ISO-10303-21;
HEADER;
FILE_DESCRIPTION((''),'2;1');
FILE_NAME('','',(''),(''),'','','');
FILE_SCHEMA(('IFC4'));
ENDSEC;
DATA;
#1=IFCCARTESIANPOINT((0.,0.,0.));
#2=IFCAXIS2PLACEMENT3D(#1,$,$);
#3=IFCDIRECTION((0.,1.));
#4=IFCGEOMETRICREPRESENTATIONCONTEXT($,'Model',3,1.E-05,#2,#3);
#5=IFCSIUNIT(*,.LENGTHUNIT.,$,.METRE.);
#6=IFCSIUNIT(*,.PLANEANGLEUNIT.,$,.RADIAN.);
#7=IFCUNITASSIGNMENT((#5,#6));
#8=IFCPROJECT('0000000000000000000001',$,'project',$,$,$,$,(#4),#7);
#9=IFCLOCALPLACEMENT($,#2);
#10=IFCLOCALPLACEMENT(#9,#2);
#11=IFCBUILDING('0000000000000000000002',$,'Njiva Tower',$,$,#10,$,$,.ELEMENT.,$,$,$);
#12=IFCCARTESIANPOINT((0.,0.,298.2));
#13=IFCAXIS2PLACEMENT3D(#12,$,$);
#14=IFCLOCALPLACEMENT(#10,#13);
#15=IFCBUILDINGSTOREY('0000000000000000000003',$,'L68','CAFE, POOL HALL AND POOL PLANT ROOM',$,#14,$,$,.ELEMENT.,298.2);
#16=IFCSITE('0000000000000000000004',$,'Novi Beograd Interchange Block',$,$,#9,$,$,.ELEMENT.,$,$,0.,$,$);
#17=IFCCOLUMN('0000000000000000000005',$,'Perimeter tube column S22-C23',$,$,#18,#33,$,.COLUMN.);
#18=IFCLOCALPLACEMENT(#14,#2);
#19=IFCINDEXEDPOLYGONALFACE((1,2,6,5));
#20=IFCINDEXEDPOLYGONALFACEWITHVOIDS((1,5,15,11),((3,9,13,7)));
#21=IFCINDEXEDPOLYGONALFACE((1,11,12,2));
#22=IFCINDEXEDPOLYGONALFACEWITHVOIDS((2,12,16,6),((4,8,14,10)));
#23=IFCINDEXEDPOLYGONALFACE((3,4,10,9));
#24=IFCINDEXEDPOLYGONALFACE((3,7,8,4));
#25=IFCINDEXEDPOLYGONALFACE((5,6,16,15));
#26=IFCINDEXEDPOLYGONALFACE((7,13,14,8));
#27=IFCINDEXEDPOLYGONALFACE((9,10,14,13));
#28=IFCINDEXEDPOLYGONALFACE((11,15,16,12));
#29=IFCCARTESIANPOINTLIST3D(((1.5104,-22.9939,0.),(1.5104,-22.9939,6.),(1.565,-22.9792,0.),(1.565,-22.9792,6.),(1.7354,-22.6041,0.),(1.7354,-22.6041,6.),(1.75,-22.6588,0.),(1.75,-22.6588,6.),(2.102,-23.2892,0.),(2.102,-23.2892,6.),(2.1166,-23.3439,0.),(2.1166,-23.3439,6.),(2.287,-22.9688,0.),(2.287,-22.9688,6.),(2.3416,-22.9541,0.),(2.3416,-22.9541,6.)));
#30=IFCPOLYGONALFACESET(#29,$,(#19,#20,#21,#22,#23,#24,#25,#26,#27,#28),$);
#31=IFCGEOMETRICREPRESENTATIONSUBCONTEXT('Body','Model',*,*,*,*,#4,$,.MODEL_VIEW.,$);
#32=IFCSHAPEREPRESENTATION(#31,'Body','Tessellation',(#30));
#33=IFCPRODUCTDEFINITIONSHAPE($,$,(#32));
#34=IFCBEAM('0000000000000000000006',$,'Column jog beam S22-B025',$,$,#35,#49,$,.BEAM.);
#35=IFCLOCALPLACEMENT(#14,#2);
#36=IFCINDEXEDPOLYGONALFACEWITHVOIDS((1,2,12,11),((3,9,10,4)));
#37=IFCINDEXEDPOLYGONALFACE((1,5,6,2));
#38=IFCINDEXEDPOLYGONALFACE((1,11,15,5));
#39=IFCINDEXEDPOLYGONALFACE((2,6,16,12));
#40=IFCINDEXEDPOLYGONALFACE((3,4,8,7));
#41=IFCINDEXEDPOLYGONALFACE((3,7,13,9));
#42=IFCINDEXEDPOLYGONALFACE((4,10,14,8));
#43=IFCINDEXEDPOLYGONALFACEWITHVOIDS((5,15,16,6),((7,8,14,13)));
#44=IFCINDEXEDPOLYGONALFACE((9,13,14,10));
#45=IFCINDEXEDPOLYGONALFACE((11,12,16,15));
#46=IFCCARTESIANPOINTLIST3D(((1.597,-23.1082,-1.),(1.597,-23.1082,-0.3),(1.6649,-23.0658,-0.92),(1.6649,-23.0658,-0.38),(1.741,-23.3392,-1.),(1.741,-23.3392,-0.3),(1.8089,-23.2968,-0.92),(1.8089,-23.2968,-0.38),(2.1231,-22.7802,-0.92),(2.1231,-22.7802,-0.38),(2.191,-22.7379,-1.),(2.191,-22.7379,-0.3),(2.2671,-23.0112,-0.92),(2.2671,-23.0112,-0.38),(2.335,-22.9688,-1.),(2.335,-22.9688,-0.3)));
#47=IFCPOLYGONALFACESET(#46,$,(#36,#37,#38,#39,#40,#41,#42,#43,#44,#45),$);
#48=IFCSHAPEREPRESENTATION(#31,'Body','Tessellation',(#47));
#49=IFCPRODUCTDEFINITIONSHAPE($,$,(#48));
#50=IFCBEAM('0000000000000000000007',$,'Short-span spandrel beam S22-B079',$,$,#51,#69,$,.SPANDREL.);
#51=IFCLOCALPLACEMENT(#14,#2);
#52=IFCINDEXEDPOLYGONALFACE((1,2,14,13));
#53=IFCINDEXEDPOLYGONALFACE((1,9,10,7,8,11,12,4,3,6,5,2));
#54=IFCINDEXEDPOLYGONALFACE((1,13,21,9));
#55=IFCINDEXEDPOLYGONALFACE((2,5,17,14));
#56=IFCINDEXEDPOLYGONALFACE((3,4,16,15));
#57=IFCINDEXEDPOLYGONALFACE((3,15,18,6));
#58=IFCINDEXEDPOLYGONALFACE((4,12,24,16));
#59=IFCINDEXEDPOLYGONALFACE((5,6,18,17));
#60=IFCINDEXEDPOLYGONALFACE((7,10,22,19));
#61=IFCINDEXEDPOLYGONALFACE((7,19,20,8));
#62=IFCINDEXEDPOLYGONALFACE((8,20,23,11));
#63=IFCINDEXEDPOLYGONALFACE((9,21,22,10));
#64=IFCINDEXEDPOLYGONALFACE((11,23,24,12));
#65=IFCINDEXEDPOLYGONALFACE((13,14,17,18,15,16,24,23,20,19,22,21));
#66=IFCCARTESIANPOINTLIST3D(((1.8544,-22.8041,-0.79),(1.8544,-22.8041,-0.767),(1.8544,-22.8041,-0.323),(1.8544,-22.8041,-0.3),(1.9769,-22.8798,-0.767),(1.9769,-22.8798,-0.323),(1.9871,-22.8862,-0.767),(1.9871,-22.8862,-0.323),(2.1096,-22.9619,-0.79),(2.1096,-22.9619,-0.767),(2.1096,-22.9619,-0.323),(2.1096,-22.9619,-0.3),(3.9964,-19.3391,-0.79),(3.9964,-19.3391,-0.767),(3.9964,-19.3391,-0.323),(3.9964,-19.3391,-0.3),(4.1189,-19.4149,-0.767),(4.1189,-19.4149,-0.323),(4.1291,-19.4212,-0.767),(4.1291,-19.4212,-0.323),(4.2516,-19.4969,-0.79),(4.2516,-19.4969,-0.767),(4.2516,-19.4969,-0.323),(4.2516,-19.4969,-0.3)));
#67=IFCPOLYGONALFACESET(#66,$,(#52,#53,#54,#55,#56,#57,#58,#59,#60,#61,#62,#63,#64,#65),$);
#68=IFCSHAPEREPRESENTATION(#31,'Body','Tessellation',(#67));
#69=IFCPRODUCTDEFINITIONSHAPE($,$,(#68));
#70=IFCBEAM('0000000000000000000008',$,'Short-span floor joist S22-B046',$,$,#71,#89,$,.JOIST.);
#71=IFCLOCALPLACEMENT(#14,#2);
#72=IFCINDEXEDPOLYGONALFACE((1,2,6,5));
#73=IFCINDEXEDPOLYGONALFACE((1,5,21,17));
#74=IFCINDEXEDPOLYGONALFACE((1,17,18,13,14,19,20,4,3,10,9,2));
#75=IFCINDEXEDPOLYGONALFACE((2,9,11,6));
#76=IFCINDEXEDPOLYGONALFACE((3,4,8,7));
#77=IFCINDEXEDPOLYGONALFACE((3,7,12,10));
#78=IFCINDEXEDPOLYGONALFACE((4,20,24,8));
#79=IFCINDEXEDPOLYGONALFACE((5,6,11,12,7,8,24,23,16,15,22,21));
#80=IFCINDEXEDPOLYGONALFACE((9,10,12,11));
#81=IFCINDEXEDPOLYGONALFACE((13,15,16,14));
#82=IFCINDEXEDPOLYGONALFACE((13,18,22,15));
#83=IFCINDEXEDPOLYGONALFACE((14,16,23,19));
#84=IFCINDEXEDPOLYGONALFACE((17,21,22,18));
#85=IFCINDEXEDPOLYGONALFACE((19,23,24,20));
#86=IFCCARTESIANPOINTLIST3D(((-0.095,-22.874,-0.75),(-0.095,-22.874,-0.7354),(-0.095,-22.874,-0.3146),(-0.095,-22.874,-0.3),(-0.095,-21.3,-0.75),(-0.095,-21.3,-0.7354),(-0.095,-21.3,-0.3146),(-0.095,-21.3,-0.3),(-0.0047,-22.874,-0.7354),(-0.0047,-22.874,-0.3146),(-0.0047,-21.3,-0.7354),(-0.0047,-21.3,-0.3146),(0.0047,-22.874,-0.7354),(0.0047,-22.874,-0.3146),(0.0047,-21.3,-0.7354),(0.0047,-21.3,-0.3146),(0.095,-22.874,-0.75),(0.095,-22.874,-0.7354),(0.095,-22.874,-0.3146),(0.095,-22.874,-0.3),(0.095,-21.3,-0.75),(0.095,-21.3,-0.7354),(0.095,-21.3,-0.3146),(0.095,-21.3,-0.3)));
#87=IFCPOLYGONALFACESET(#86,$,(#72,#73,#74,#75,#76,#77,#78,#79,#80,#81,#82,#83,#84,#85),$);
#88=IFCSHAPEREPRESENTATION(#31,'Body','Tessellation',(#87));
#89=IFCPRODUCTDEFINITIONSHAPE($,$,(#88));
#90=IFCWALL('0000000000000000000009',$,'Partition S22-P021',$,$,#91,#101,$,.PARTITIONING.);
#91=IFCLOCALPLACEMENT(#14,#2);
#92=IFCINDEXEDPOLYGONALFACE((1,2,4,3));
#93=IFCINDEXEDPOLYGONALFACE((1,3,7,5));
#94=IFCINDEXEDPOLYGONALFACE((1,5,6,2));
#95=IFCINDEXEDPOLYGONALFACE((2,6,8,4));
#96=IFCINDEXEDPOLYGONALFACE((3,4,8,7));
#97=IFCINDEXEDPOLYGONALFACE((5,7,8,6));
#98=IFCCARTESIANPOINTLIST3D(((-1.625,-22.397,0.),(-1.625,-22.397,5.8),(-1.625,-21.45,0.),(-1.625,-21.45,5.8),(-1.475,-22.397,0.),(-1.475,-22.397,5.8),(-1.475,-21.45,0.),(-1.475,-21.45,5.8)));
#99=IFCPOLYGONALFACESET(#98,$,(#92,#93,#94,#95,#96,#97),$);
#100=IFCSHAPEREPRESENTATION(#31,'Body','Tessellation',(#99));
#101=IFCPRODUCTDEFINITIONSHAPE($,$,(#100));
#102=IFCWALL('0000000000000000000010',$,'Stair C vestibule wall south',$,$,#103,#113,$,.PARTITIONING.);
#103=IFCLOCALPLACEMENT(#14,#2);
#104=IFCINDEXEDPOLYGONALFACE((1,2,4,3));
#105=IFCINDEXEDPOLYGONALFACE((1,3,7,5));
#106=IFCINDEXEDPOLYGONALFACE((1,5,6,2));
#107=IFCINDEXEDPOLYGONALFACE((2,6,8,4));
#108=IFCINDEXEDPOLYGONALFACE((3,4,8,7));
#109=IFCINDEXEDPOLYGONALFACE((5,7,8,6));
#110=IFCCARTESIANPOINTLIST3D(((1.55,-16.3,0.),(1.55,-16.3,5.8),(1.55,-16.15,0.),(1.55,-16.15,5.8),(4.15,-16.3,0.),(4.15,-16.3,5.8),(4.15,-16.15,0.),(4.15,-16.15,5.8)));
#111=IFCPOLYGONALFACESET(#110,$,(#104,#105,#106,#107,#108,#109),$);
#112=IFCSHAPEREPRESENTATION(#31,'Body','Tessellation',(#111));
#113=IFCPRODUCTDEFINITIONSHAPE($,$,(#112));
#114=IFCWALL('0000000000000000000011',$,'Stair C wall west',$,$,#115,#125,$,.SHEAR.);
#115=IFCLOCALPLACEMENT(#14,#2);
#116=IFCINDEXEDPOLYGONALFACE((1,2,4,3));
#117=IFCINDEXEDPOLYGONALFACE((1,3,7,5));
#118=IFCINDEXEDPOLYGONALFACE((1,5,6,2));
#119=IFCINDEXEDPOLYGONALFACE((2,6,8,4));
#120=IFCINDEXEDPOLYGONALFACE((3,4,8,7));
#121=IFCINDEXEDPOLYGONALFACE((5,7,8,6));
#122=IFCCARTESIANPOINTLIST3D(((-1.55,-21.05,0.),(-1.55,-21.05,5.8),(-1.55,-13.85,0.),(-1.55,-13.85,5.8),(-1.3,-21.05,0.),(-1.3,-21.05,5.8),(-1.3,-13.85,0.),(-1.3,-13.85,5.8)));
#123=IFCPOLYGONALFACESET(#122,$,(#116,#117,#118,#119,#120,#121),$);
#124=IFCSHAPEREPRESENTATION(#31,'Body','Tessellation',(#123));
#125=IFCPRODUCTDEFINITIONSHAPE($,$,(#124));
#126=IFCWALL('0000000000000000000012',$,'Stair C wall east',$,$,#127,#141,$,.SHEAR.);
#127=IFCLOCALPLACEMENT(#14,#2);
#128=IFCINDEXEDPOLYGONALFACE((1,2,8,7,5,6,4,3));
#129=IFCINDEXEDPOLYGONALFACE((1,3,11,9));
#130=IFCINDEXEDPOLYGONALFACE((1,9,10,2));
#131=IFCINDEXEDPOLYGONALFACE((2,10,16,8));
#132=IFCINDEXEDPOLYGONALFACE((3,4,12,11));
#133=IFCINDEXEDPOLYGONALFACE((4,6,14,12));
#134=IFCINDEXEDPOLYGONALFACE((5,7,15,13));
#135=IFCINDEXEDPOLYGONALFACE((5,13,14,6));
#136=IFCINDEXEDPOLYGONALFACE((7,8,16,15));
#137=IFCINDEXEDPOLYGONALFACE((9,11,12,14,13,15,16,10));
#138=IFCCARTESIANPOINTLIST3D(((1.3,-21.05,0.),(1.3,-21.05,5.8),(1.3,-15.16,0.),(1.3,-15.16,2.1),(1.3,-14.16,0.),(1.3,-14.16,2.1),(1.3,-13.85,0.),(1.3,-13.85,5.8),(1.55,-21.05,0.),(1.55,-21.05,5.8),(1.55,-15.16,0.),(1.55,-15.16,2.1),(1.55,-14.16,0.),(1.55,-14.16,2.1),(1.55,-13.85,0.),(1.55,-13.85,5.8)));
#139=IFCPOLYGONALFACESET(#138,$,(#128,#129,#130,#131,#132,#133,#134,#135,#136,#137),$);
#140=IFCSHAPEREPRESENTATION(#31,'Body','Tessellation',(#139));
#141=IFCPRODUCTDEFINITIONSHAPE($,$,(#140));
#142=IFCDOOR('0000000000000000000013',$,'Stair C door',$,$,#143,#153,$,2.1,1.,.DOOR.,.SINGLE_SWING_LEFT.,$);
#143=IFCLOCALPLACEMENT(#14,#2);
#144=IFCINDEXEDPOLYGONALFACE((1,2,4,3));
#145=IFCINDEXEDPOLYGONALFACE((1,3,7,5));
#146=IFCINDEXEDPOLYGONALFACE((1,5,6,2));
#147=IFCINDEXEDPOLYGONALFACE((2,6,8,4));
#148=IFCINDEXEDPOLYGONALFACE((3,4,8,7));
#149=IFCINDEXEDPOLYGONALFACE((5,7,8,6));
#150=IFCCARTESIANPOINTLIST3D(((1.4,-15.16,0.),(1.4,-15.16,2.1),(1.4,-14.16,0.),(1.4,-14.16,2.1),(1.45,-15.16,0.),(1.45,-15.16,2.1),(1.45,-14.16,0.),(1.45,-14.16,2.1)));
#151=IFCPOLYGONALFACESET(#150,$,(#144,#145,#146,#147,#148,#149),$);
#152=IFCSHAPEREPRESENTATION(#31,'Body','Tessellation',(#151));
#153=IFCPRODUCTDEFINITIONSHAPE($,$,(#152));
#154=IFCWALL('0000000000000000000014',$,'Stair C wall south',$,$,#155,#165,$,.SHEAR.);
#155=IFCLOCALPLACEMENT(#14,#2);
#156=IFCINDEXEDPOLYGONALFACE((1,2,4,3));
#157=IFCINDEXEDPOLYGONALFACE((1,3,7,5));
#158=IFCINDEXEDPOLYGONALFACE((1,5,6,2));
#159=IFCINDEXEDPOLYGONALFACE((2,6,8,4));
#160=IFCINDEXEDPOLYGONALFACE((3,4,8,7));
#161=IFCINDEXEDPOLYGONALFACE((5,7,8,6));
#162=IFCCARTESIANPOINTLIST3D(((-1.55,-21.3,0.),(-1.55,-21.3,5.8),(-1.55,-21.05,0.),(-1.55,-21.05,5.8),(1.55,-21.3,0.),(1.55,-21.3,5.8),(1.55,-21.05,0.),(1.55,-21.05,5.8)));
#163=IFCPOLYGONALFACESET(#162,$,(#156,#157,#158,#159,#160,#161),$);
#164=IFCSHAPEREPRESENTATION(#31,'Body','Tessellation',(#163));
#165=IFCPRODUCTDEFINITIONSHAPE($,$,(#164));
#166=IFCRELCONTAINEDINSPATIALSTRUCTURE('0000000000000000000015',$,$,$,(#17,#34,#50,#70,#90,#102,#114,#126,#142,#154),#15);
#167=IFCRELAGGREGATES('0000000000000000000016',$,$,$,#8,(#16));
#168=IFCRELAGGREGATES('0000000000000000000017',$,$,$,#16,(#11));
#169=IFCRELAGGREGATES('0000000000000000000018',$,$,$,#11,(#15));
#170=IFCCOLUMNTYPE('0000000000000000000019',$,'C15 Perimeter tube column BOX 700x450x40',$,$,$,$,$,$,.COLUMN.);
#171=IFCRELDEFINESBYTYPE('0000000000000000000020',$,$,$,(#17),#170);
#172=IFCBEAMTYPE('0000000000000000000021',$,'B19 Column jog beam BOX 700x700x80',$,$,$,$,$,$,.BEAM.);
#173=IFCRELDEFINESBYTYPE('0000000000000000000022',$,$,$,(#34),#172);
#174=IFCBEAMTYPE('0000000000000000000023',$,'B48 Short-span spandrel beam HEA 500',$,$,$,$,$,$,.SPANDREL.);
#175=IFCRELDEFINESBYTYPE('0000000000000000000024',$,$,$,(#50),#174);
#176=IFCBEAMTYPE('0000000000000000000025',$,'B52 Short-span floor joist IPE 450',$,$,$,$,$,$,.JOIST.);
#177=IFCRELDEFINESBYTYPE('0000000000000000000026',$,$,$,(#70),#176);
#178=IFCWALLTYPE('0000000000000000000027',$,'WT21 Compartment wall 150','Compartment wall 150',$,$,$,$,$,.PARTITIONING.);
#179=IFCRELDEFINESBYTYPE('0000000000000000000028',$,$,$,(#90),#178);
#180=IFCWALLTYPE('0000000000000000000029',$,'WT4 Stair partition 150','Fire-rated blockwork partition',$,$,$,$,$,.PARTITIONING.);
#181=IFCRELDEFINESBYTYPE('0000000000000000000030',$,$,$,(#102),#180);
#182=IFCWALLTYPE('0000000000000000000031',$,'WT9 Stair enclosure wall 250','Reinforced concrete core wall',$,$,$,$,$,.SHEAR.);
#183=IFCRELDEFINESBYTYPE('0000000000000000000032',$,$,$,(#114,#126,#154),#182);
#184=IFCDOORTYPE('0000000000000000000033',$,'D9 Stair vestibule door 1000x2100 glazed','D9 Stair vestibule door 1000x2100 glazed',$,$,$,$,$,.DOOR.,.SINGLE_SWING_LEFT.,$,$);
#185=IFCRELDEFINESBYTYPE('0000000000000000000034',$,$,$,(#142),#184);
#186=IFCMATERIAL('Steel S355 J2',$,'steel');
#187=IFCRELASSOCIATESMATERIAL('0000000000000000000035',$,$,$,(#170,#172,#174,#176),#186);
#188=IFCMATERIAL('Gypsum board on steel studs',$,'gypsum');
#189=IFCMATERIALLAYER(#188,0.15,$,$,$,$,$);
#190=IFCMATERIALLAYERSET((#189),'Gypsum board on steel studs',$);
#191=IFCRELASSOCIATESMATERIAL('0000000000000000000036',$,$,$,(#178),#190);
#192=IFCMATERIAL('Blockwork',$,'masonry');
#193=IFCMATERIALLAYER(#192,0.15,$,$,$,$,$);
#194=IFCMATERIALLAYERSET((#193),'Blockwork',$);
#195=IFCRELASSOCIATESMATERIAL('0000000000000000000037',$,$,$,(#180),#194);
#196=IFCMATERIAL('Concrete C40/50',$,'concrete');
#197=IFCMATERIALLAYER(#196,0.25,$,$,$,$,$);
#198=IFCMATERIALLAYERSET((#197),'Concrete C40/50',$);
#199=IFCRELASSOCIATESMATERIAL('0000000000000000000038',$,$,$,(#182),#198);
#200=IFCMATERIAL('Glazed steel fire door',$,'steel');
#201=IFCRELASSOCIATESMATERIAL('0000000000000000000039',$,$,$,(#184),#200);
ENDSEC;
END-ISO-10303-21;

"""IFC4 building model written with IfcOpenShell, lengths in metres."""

from ifc_helpers import new_model, si_unit, direction, frame, frame_2d, origin, origin_2d, place, context, subcontext, project, spatial, rectangle, hollow_rectangle, i_section, extrude, material, layer, layer_set, material_profile, profile_set, type_object, element, fill, save


model = new_model("IFC4")

# Units and contexts
model_context = context("Model", 3, precision=1e-05, world=origin(), true_north=direction((0.0, 1.0)))
body_context = subcontext(model_context, "Body", "Model", "MODEL_VIEW")
ifc_project = project(units=[si_unit("LENGTHUNIT", "METRE"), si_unit("PLANEANGLEUNIT", "RADIAN")], contexts=[model_context])

# Site, building, storey
site_placement = place(None, origin())
site = spatial("IfcSite", under=ifc_project, at=site_placement, Name="Novi Beograd Interchange Block", CompositionType="ELEMENT", RefElevation=0.0)
building_placement = place(site_placement, origin())
building = spatial("IfcBuilding", under=site, at=building_placement, Name="Njiva Tower", CompositionType="ELEMENT")
storey_placement = place(building_placement, frame((0.0, 0.0, 298.2)))
storey = spatial("IfcBuildingStorey", under=building, at=storey_placement, Name="L68", Description="CAFE, POOL HALL AND POOL PLANT ROOM", CompositionType="ELEMENT", Elevation=298.2)

# Column
ifc_material_1 = material(Name="Steel S355 J2", Category="steel")
ifc_material_profile_1 = material_profile(ifc_material_1, hollow_rectangle(XDim=0.45, YDim=0.7, WallThickness=0.04, at=origin_2d()), Name="BOX 700x450x40")
ifc_profile_set_1 = profile_set([ifc_material_profile_1], Name="Steel S355 J2")
column_type = type_object("IfcColumnType", Name="C15 Perimeter tube column BOX 700x450x40", PredefinedType="COLUMN", material=ifc_profile_set_1)
column_placement = place(storey_placement, frame((1.926, -22.974, 0.0), z_axis=(0.0, 0.0, 1.0), x_axis=(0.5, 0.866025, 0.0)))
element("IfcColumn", 1, at=column_placement, inside=storey, type_object=column_type, Name="Perimeter tube column S22-C23", PredefinedType="COLUMN", context=body_context, shape_type="SweptSolid", body=[
    extrude(hollow_rectangle(XDim=0.45, YDim=0.7, WallThickness=0.04, at=origin_2d()), origin(), (0.0, 0.0, 1.0), 6.0),
])

# Beams
ifc_material_profile_2 = material_profile(ifc_material_1, hollow_rectangle(XDim=0.7, YDim=0.7, WallThickness=0.08, at=origin_2d()), Name="BOX 700x700x80")
ifc_profile_set_2 = profile_set([ifc_material_profile_2], Name="Steel S355 J2")
beam_type_1 = type_object("IfcBeamType", Name="B19 Column jog beam BOX 700x700x80", PredefinedType="BEAM", material=ifc_profile_set_2)
beam_1_placement = place(storey_placement, frame((2.038, -23.154, -0.65), z_axis=(-0.529008, 0.848617, 0.0), x_axis=(-0.848617, -0.529008, 0.0)))
element("IfcBeam", 2, at=beam_1_placement, inside=storey, type_object=beam_type_1, Name="Column jog beam S22-B025", PredefinedType="BEAM", context=body_context, shape_type="SweptSolid", body=[
    extrude(hollow_rectangle(XDim=0.7, YDim=0.7, WallThickness=0.08, at=origin_2d()), origin(), (0.0, 0.0, 1.0), 0.2722),
])
ifc_material_profile_3 = material_profile(ifc_material_1, i_section(OverallWidth=0.3, OverallDepth=0.49, WebThickness=0.012, FlangeThickness=0.023, at=origin_2d()), Name="HEA 500")
ifc_profile_set_3 = profile_set([ifc_material_profile_3], Name="Steel S355 J2")
beam_type_2 = type_object("IfcBeamType", Name="B48 Short-span spandrel beam HEA 500", PredefinedType="SPANDREL", material=ifc_profile_set_3)
beam_2_placement = place(storey_placement, frame((1.982, -22.883, -0.545), z_axis=(0.525822, 0.850595, 0.0), x_axis=(-0.850595, 0.525822, 0.0)))
element("IfcBeam", 3, at=beam_2_placement, inside=storey, type_object=beam_type_2, Name="Short-span spandrel beam S22-B079", PredefinedType="SPANDREL", context=body_context, shape_type="SweptSolid", body=[
    extrude(i_section(OverallWidth=0.3, OverallDepth=0.49, WebThickness=0.012, FlangeThickness=0.023, at=origin_2d()), origin(), (0.0, 0.0, 1.0), 4.0736),
])
ifc_material_profile_4 = material_profile(ifc_material_1, i_section(OverallWidth=0.19, OverallDepth=0.45, WebThickness=0.0094, FlangeThickness=0.0146, at=origin_2d()), Name="IPE 450")
ifc_profile_set_4 = profile_set([ifc_material_profile_4], Name="Steel S355 J2")
beam_type_3 = type_object("IfcBeamType", Name="B52 Short-span floor joist IPE 450", PredefinedType="JOIST", material=ifc_profile_set_4)
beam_3_placement = place(storey_placement, frame((0.0, -21.3, -0.525), z_axis=(0.0, -1.0, 0.0), x_axis=(1.0, 0.0, 0.0)))
element("IfcBeam", 4, at=beam_3_placement, inside=storey, type_object=beam_type_3, Name="Short-span floor joist S22-B046", PredefinedType="JOIST", context=body_context, shape_type="SweptSolid", body=[
    extrude(i_section(OverallWidth=0.19, OverallDepth=0.45, WebThickness=0.0094, FlangeThickness=0.0146, at=origin_2d()), origin(), (0.0, 0.0, 1.0), 1.574),
])

# Walls
ifc_material_2 = material(Name="Gypsum board on steel studs", Category="gypsum")
ifc_layer_1 = layer(ifc_material_2, 0.15)
ifc_layer_set_1 = layer_set([ifc_layer_1], Name="Gypsum board on steel studs")
wall_type_1 = type_object("IfcWallType", Name="WT21 Compartment wall 150", Description="Compartment wall 150", PredefinedType="PARTITIONING", material=ifc_layer_set_1)
wall_1_placement = place(storey_placement, frame((-1.55, -22.397, 0.0), z_axis=(0.0, 0.0, 1.0), x_axis=(0.0, 1.0, 0.0)))
element("IfcWall", 5, at=wall_1_placement, inside=storey, type_object=wall_type_1, Name="Partition S22-P021", PredefinedType="PARTITIONING", context=body_context, shape_type="SweptSolid", body=[
    extrude(rectangle(XDim=0.947, YDim=0.15, at=frame_2d((0.4735, 0.0))), origin(), (0.0, 0.0, 1.0), 5.8),
])
ifc_material_3 = material(Name="Blockwork", Category="masonry")
ifc_layer_2 = layer(ifc_material_3, 0.15)
ifc_layer_set_2 = layer_set([ifc_layer_2], Name="Blockwork")
wall_type_2 = type_object("IfcWallType", Name="WT4 Stair partition 150", Description="Fire-rated blockwork partition", PredefinedType="PARTITIONING", material=ifc_layer_set_2)
wall_2_placement = place(storey_placement, frame((1.55, -16.225, 0.0), z_axis=(0.0, 0.0, 1.0), x_axis=(1.0, 0.0, 0.0)))
element("IfcWall", 6, at=wall_2_placement, inside=storey, type_object=wall_type_2, Name="Stair C vestibule wall south", PredefinedType="PARTITIONING", context=body_context, shape_type="SweptSolid", body=[
    extrude(rectangle(XDim=2.6, YDim=0.15, at=frame_2d((1.3, 0.0))), origin(), (0.0, 0.0, 1.0), 5.8),
])
ifc_material_4 = material(Name="Concrete C40/50", Category="concrete")
ifc_layer_3 = layer(ifc_material_4, 0.25)
ifc_layer_set_3 = layer_set([ifc_layer_3], Name="Concrete C40/50")
wall_type_3 = type_object("IfcWallType", Name="WT9 Stair enclosure wall 250", Description="Reinforced concrete core wall", PredefinedType="SHEAR", material=ifc_layer_set_3)
wall_3_placement = place(storey_placement, frame((-1.425, -21.05, 0.0), z_axis=(0.0, 0.0, 1.0), x_axis=(0.0, 1.0, 0.0)))
element("IfcWall", 7, at=wall_3_placement, inside=storey, type_object=wall_type_3, Name="Stair C wall west", PredefinedType="SHEAR", context=body_context, shape_type="SweptSolid", body=[
    extrude(rectangle(XDim=7.2, YDim=0.25, at=frame_2d((3.6, 0.0))), origin(), (0.0, 0.0, 1.0), 5.8),
])

# Wall, opening, door
wall_4_placement = place(storey_placement, frame((1.425, -21.05, 0.0), z_axis=(0.0, 0.0, 1.0), x_axis=(0.0, 1.0, 0.0)))
wall_4 = element("IfcWall", 8, at=wall_4_placement, inside=storey, type_object=wall_type_3, Name="Stair C wall east", PredefinedType="SHEAR", context=body_context, shape_type="SweptSolid", body=[
    extrude(rectangle(XDim=7.2, YDim=0.25, at=frame_2d((3.6, 0.0))), origin(), (0.0, 0.0, 1.0), 5.8),
])
opening_1_placement = place(wall_4_placement, frame((5.89, 0.0, 0.0)))
opening_1 = element("IfcOpeningElement", 9, at=opening_1_placement, cuts=wall_4, PredefinedType="OPENING", context=body_context, shape_type="SweptSolid", body=[
    extrude(rectangle(XDim=1.0, YDim=2.1, at=frame_2d((0.5, 1.05))), frame((0.0, 0.135, 0.0), z_axis=(0.0, -1.0, 0.0), x_axis=(1.0, 0.0, 0.0)), (0.0, 0.0, 1.0), 0.27),
])
ifc_material_5 = material(Name="Glazed steel fire door", Category="steel")
door_type_1 = type_object("IfcDoorType", Name="D9 Stair vestibule door 1000x2100 glazed", Description="D9 Stair vestibule door 1000x2100 glazed", OperationType="SINGLE_SWING_LEFT", PredefinedType="DOOR", material=ifc_material_5)
door_1_placement = place(opening_1_placement, origin())
door_1 = element("IfcDoor", 10, at=door_1_placement, inside=storey, type_object=door_type_1, Name="Stair C door", OperationType="SINGLE_SWING_LEFT", OverallHeight=2.1, OverallWidth=1.0, PredefinedType="DOOR", context=body_context, shape_type="SweptSolid", body=[
    extrude(rectangle(XDim=1.0, YDim=2.1, at=frame_2d((0.5, 1.05))), frame((0.0, 0.025, 0.0), z_axis=(0.0, -1.0, 0.0), x_axis=(1.0, 0.0, 0.0)), (0.0, 0.0, 1.0), 0.05),
])
fill(opening_1, door_1)

# Wall
wall_5_placement = place(storey_placement, frame((-1.55, -21.175, 0.0), z_axis=(0.0, 0.0, 1.0), x_axis=(1.0, 0.0, 0.0)))
element("IfcWall", 11, at=wall_5_placement, inside=storey, type_object=wall_type_3, Name="Stair C wall south", PredefinedType="SHEAR", context=body_context, shape_type="SweptSolid", body=[
    extrude(rectangle(XDim=3.1, YDim=0.25, at=frame_2d((1.55, 0.0))), origin(), (0.0, 0.0, 1.0), 5.8),
])

save(model, "model.ifc")
